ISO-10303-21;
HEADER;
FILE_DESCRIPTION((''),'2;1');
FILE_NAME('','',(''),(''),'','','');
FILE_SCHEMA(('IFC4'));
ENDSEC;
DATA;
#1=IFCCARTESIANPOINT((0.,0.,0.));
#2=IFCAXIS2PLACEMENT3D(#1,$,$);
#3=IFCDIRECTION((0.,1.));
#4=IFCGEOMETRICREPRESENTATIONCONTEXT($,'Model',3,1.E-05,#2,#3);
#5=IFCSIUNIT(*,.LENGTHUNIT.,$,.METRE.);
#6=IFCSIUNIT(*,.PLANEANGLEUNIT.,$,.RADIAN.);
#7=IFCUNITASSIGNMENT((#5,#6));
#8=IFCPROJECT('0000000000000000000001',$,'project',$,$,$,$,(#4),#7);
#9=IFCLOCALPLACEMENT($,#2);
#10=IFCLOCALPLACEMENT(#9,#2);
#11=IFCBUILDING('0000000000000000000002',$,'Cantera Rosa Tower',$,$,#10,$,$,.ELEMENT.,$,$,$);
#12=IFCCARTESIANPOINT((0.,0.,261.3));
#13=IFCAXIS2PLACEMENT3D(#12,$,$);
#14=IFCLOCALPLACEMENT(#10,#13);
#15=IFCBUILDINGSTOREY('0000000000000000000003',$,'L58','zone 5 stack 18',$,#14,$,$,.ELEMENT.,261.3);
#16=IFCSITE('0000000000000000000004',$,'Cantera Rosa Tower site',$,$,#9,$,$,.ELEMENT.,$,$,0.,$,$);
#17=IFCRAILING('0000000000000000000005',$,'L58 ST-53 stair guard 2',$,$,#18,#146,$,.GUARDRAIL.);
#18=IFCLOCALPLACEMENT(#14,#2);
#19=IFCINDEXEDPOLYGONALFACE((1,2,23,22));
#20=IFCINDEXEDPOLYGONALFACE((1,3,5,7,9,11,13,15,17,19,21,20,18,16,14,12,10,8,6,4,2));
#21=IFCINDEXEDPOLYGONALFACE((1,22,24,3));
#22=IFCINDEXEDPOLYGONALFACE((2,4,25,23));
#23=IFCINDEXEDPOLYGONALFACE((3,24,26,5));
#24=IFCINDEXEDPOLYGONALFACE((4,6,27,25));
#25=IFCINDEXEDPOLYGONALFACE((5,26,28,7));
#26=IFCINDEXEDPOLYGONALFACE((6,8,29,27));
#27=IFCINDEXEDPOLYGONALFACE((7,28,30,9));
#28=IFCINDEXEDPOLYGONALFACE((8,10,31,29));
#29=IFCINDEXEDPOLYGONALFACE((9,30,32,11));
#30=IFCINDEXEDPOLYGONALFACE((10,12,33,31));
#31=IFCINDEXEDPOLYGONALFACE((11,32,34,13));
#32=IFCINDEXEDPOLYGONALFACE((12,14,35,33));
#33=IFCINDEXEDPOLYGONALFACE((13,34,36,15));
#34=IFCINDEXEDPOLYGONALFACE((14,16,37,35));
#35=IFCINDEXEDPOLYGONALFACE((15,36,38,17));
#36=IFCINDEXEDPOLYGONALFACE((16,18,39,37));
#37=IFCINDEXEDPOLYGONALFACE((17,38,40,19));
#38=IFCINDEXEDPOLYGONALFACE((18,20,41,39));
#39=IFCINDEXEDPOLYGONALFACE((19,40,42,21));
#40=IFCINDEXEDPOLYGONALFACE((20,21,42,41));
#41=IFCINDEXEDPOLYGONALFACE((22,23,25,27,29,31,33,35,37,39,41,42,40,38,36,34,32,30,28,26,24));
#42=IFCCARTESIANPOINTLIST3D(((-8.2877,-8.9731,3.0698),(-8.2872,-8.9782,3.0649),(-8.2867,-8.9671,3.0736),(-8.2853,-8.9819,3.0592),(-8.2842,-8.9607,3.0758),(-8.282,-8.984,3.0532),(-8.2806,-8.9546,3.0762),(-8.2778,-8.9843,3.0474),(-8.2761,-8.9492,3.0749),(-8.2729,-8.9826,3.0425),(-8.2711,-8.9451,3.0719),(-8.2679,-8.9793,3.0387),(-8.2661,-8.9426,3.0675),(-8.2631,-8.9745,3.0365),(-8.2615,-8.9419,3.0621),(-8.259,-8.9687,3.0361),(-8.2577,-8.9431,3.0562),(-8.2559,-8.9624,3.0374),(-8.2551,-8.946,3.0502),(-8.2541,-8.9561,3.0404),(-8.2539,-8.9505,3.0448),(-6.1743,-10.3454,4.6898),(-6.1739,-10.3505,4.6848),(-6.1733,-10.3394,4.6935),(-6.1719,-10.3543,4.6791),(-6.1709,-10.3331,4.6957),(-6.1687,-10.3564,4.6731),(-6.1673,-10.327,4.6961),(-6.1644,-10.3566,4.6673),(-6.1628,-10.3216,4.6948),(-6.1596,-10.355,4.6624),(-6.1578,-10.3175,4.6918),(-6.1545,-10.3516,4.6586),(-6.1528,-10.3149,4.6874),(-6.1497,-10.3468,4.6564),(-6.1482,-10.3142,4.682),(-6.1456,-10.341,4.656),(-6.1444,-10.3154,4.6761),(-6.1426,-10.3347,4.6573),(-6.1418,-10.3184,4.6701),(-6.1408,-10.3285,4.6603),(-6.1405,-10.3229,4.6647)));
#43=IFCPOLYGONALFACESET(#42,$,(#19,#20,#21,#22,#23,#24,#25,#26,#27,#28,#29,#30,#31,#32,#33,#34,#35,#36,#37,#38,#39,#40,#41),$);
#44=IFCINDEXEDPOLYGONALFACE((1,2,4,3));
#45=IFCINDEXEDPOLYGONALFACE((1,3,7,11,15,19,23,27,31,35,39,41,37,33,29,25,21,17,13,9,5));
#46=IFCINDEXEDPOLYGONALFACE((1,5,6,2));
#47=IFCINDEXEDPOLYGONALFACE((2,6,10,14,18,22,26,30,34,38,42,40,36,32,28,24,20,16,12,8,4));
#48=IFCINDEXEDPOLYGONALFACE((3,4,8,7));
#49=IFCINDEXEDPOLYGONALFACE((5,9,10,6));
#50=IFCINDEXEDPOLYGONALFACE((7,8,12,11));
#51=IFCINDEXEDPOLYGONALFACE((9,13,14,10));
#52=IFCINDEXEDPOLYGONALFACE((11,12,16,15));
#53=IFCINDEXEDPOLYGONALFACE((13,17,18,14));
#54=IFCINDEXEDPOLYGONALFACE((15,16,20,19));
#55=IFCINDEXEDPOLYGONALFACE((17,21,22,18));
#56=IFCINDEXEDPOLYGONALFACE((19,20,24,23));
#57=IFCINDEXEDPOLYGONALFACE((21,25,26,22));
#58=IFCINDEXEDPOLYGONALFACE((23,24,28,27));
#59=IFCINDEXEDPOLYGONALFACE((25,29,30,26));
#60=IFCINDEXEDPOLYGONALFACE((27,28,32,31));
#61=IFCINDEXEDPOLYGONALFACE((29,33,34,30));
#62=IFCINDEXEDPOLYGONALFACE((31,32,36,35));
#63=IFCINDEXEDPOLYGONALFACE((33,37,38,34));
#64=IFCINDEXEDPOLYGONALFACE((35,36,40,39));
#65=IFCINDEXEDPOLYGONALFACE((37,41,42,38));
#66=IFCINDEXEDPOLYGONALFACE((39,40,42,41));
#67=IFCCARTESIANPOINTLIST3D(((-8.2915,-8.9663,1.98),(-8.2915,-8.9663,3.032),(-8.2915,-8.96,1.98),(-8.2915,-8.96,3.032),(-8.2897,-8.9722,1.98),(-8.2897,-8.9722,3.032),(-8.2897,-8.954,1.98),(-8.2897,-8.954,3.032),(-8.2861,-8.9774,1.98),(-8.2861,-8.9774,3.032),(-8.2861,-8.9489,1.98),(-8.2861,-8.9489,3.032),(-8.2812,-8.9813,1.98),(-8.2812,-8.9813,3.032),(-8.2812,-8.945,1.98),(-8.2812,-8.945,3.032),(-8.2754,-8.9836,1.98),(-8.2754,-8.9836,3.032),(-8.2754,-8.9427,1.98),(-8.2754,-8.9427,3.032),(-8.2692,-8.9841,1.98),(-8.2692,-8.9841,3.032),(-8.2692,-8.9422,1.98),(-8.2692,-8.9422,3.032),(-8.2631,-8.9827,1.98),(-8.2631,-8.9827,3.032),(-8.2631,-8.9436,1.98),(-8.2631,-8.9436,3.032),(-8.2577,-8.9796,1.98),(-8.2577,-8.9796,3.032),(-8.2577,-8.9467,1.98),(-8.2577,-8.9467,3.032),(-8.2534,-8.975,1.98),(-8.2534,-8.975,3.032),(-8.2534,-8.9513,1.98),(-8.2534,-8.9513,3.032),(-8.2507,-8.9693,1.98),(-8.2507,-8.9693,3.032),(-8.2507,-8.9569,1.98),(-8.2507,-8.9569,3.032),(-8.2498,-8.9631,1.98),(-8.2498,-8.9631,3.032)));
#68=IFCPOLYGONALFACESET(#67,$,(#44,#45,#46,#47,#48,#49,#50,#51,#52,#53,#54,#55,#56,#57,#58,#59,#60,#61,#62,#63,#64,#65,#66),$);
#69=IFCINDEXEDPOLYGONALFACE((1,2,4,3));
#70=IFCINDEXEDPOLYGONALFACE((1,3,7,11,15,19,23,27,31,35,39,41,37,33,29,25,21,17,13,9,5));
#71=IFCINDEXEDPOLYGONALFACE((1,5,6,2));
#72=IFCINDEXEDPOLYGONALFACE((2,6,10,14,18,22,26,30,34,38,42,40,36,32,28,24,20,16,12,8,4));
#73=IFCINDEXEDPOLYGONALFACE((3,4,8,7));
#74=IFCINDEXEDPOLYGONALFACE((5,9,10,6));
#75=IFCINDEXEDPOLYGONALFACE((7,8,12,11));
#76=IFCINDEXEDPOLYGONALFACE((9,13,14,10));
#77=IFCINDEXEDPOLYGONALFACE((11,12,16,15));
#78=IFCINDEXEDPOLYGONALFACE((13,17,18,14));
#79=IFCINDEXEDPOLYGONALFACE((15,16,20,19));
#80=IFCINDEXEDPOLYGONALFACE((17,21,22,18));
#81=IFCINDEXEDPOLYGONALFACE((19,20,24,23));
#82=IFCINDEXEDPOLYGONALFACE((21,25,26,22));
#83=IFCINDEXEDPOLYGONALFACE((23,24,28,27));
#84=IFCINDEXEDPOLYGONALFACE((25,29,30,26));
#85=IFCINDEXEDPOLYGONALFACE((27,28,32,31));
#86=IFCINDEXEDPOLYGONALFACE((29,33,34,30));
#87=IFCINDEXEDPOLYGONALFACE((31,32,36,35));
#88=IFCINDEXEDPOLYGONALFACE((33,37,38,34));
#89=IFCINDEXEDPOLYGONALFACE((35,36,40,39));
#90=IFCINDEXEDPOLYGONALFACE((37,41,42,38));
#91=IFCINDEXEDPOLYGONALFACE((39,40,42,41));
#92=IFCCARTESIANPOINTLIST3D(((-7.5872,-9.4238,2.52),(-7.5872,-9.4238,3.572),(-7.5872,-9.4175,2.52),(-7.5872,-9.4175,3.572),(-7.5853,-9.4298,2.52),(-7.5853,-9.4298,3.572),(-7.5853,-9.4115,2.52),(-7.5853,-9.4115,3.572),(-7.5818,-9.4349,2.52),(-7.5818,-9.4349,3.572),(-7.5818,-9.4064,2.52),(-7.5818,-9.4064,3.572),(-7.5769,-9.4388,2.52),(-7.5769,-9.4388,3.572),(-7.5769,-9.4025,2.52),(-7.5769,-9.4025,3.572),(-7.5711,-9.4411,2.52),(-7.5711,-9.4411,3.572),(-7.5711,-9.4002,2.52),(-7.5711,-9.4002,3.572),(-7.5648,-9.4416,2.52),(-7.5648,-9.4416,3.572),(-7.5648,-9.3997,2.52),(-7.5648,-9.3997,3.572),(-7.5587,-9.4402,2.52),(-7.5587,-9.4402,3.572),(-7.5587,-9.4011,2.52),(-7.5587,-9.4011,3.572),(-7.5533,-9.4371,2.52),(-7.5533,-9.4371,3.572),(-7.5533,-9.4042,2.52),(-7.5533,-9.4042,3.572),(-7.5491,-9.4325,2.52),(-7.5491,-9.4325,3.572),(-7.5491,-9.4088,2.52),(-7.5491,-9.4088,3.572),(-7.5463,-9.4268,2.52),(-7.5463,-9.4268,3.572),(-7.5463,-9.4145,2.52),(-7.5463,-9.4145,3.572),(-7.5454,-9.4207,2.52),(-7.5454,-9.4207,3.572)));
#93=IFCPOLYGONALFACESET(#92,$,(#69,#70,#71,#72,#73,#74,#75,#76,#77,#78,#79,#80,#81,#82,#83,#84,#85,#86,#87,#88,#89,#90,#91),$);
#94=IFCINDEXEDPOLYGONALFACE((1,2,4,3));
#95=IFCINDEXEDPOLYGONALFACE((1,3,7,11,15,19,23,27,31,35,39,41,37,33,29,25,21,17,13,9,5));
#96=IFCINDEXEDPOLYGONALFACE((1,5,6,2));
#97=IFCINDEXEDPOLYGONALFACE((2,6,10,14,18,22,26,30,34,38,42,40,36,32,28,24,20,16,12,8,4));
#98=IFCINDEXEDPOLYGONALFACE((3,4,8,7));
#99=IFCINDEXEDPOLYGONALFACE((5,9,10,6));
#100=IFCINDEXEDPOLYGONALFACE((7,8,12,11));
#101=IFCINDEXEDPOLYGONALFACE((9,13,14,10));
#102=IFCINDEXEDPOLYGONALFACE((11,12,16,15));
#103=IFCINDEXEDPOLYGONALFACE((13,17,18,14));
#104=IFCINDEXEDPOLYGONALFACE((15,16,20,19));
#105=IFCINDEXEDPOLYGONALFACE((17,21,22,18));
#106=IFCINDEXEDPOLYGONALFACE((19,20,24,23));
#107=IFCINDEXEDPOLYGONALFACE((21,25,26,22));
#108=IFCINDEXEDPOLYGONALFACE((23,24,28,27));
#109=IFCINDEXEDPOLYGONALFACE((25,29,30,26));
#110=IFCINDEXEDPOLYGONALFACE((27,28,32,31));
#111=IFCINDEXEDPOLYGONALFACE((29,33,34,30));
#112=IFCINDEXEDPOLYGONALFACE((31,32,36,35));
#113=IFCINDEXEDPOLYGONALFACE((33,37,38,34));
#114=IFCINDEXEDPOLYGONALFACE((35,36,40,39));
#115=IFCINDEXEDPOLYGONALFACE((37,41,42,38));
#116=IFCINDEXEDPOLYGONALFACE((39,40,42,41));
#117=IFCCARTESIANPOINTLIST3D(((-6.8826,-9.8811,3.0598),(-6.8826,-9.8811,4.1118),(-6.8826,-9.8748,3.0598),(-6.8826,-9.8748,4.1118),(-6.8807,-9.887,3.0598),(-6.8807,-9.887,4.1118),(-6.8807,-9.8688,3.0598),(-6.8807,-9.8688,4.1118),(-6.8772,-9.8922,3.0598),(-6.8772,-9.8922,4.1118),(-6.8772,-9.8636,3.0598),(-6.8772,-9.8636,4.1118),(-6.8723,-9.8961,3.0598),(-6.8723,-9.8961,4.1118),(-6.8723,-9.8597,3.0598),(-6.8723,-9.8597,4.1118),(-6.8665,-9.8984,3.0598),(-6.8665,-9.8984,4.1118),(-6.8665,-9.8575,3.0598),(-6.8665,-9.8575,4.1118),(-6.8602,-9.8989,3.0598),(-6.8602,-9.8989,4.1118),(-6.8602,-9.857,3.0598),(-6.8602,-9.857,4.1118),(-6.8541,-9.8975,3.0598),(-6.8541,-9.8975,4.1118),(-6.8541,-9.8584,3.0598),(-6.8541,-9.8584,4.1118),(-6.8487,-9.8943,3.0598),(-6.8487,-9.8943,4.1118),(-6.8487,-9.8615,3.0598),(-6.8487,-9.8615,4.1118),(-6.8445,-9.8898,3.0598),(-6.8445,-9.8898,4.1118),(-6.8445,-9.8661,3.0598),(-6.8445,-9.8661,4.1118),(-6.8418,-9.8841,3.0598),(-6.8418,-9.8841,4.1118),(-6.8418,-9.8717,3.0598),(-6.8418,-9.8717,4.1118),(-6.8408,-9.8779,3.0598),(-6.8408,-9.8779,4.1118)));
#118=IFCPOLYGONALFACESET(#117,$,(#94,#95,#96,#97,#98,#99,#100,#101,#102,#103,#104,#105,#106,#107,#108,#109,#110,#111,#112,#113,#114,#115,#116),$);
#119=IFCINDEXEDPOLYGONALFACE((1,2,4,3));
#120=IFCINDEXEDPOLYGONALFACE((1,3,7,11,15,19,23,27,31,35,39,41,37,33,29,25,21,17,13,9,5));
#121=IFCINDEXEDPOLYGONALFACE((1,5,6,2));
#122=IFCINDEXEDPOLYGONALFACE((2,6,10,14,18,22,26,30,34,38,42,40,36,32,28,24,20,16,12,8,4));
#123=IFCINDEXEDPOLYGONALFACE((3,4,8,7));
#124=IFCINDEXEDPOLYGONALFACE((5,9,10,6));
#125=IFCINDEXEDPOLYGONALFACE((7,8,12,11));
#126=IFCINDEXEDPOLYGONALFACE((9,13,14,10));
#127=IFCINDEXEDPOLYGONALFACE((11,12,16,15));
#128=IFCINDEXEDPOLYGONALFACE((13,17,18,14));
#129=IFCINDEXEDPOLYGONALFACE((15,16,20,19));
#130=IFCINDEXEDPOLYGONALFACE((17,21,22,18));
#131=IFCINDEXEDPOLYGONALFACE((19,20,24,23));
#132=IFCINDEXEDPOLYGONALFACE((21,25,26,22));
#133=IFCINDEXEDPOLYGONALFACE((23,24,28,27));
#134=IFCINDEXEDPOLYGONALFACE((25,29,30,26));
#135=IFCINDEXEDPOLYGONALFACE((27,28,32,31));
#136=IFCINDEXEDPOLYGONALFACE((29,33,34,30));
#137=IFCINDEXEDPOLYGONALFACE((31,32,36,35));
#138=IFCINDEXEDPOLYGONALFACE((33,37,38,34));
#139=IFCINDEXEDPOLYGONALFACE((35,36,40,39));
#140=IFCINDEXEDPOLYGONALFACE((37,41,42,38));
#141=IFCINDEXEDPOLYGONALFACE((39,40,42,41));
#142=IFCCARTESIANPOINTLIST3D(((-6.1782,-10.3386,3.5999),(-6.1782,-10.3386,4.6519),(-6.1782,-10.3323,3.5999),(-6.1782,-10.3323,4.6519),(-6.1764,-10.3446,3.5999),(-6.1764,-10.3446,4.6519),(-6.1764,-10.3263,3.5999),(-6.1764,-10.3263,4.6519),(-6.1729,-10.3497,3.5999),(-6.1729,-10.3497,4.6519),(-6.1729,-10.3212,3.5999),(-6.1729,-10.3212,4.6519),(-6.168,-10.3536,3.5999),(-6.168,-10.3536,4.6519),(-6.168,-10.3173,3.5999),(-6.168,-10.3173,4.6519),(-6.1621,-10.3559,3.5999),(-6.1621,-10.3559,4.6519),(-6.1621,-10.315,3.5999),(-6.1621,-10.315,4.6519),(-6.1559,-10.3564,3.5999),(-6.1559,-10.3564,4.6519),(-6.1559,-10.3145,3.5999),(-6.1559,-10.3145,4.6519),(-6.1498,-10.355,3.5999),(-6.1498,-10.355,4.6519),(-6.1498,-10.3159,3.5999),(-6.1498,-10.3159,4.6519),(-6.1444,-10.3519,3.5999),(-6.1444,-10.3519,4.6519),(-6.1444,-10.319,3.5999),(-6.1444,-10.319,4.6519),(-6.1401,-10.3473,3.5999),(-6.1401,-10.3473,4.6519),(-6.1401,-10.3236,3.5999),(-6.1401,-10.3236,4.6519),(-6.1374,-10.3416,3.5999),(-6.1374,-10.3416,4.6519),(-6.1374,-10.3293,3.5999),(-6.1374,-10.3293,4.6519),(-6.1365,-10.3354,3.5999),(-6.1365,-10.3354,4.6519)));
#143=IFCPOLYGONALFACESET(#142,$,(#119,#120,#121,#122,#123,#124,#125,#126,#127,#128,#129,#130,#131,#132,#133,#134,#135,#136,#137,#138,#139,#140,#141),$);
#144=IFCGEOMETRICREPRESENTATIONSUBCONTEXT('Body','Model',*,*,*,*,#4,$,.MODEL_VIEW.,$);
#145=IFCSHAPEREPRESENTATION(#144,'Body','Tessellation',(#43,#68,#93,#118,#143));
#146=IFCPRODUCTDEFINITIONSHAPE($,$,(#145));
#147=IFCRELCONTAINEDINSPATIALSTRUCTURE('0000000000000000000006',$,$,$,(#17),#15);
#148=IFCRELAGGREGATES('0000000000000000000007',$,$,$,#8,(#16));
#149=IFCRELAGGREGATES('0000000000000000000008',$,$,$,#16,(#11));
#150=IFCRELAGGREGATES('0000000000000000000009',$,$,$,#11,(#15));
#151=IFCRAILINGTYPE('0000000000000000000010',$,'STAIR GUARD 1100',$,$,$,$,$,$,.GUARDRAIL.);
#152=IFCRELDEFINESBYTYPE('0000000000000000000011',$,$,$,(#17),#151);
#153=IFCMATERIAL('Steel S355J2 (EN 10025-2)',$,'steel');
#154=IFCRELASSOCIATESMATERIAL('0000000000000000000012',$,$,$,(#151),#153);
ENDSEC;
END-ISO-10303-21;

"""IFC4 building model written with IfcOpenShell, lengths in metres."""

from ifc_helpers import new_model, si_unit, direction, frame, origin, origin_2d, place, context, subcontext, project, spatial, circle, extrude, material, type_object, element, save


model = new_model("IFC4")

# Units and contexts
model_context = context("Model", 3, precision=1e-05, world=origin(), true_north=direction((0.0, 1.0)))
body_context = subcontext(model_context, "Body", "Model", "MODEL_VIEW")
ifc_project = project(units=[si_unit("LENGTHUNIT", "METRE"), si_unit("PLANEANGLEUNIT", "RADIAN")], contexts=[model_context])

# Site, building, storey
site_placement = place(None, origin())
site = spatial("IfcSite", under=ifc_project, at=site_placement, Name="Cantera Rosa Tower site", CompositionType="ELEMENT", RefElevation=0.0)
building_placement = place(site_placement, origin())
building = spatial("IfcBuilding", under=site, at=building_placement, Name="Cantera Rosa Tower", CompositionType="ELEMENT")
storey_placement = place(building_placement, frame((0.0, 0.0, 261.3)))
storey = spatial("IfcBuildingStorey", under=building, at=storey_placement, Name="L58", Description="zone 5 stack 18", CompositionType="ELEMENT", Elevation=261.3)

# Railing
ifc_material_1 = material(Name="Steel S355J2 (EN 10025-2)", Category="steel")
railing_type_1 = type_object("IfcRailingType", Name="STAIR GUARD 1100", PredefinedType="GUARDRAIL", material=ifc_material_1)
railing_1_placement = place(storey_placement, frame((-8.2708, -8.9631, 1.98)))
element("IfcRailing", 1, at=railing_1_placement, inside=storey, type_object=railing_type_1, Name="L58 ST-53 stair guard 2", PredefinedType="GUARDRAIL", context=body_context, shape_type="SweptSolid", body=[
    extrude(circle(Radius=0.0239, at=origin_2d()), frame((0.0, 0.0, 1.0762), z_axis=(0.705479, -0.458121, 0.540764), x_axis=(0.54462, 0.838683, 0.0)), (0.0, 0.0, 1.0), 2.9956),
    extrude(circle(Radius=0.021, at=origin_2d()), origin(), (0.0, 0.0, 1.0), 1.052),
    extrude(circle(Radius=0.021, at=origin_2d()), frame((0.7043, -0.4575, 0.54)), (0.0, 0.0, 1.0), 1.052),
    extrude(circle(Radius=0.021, at=origin_2d()), frame((1.4089, -0.9148, 1.0798)), (0.0, 0.0, 1.0), 1.052),
    extrude(circle(Radius=0.021, at=origin_2d()), frame((2.1133, -1.3723, 1.6199)), (0.0, 0.0, 1.0), 1.052),
])

save(model, "model.ifc")
